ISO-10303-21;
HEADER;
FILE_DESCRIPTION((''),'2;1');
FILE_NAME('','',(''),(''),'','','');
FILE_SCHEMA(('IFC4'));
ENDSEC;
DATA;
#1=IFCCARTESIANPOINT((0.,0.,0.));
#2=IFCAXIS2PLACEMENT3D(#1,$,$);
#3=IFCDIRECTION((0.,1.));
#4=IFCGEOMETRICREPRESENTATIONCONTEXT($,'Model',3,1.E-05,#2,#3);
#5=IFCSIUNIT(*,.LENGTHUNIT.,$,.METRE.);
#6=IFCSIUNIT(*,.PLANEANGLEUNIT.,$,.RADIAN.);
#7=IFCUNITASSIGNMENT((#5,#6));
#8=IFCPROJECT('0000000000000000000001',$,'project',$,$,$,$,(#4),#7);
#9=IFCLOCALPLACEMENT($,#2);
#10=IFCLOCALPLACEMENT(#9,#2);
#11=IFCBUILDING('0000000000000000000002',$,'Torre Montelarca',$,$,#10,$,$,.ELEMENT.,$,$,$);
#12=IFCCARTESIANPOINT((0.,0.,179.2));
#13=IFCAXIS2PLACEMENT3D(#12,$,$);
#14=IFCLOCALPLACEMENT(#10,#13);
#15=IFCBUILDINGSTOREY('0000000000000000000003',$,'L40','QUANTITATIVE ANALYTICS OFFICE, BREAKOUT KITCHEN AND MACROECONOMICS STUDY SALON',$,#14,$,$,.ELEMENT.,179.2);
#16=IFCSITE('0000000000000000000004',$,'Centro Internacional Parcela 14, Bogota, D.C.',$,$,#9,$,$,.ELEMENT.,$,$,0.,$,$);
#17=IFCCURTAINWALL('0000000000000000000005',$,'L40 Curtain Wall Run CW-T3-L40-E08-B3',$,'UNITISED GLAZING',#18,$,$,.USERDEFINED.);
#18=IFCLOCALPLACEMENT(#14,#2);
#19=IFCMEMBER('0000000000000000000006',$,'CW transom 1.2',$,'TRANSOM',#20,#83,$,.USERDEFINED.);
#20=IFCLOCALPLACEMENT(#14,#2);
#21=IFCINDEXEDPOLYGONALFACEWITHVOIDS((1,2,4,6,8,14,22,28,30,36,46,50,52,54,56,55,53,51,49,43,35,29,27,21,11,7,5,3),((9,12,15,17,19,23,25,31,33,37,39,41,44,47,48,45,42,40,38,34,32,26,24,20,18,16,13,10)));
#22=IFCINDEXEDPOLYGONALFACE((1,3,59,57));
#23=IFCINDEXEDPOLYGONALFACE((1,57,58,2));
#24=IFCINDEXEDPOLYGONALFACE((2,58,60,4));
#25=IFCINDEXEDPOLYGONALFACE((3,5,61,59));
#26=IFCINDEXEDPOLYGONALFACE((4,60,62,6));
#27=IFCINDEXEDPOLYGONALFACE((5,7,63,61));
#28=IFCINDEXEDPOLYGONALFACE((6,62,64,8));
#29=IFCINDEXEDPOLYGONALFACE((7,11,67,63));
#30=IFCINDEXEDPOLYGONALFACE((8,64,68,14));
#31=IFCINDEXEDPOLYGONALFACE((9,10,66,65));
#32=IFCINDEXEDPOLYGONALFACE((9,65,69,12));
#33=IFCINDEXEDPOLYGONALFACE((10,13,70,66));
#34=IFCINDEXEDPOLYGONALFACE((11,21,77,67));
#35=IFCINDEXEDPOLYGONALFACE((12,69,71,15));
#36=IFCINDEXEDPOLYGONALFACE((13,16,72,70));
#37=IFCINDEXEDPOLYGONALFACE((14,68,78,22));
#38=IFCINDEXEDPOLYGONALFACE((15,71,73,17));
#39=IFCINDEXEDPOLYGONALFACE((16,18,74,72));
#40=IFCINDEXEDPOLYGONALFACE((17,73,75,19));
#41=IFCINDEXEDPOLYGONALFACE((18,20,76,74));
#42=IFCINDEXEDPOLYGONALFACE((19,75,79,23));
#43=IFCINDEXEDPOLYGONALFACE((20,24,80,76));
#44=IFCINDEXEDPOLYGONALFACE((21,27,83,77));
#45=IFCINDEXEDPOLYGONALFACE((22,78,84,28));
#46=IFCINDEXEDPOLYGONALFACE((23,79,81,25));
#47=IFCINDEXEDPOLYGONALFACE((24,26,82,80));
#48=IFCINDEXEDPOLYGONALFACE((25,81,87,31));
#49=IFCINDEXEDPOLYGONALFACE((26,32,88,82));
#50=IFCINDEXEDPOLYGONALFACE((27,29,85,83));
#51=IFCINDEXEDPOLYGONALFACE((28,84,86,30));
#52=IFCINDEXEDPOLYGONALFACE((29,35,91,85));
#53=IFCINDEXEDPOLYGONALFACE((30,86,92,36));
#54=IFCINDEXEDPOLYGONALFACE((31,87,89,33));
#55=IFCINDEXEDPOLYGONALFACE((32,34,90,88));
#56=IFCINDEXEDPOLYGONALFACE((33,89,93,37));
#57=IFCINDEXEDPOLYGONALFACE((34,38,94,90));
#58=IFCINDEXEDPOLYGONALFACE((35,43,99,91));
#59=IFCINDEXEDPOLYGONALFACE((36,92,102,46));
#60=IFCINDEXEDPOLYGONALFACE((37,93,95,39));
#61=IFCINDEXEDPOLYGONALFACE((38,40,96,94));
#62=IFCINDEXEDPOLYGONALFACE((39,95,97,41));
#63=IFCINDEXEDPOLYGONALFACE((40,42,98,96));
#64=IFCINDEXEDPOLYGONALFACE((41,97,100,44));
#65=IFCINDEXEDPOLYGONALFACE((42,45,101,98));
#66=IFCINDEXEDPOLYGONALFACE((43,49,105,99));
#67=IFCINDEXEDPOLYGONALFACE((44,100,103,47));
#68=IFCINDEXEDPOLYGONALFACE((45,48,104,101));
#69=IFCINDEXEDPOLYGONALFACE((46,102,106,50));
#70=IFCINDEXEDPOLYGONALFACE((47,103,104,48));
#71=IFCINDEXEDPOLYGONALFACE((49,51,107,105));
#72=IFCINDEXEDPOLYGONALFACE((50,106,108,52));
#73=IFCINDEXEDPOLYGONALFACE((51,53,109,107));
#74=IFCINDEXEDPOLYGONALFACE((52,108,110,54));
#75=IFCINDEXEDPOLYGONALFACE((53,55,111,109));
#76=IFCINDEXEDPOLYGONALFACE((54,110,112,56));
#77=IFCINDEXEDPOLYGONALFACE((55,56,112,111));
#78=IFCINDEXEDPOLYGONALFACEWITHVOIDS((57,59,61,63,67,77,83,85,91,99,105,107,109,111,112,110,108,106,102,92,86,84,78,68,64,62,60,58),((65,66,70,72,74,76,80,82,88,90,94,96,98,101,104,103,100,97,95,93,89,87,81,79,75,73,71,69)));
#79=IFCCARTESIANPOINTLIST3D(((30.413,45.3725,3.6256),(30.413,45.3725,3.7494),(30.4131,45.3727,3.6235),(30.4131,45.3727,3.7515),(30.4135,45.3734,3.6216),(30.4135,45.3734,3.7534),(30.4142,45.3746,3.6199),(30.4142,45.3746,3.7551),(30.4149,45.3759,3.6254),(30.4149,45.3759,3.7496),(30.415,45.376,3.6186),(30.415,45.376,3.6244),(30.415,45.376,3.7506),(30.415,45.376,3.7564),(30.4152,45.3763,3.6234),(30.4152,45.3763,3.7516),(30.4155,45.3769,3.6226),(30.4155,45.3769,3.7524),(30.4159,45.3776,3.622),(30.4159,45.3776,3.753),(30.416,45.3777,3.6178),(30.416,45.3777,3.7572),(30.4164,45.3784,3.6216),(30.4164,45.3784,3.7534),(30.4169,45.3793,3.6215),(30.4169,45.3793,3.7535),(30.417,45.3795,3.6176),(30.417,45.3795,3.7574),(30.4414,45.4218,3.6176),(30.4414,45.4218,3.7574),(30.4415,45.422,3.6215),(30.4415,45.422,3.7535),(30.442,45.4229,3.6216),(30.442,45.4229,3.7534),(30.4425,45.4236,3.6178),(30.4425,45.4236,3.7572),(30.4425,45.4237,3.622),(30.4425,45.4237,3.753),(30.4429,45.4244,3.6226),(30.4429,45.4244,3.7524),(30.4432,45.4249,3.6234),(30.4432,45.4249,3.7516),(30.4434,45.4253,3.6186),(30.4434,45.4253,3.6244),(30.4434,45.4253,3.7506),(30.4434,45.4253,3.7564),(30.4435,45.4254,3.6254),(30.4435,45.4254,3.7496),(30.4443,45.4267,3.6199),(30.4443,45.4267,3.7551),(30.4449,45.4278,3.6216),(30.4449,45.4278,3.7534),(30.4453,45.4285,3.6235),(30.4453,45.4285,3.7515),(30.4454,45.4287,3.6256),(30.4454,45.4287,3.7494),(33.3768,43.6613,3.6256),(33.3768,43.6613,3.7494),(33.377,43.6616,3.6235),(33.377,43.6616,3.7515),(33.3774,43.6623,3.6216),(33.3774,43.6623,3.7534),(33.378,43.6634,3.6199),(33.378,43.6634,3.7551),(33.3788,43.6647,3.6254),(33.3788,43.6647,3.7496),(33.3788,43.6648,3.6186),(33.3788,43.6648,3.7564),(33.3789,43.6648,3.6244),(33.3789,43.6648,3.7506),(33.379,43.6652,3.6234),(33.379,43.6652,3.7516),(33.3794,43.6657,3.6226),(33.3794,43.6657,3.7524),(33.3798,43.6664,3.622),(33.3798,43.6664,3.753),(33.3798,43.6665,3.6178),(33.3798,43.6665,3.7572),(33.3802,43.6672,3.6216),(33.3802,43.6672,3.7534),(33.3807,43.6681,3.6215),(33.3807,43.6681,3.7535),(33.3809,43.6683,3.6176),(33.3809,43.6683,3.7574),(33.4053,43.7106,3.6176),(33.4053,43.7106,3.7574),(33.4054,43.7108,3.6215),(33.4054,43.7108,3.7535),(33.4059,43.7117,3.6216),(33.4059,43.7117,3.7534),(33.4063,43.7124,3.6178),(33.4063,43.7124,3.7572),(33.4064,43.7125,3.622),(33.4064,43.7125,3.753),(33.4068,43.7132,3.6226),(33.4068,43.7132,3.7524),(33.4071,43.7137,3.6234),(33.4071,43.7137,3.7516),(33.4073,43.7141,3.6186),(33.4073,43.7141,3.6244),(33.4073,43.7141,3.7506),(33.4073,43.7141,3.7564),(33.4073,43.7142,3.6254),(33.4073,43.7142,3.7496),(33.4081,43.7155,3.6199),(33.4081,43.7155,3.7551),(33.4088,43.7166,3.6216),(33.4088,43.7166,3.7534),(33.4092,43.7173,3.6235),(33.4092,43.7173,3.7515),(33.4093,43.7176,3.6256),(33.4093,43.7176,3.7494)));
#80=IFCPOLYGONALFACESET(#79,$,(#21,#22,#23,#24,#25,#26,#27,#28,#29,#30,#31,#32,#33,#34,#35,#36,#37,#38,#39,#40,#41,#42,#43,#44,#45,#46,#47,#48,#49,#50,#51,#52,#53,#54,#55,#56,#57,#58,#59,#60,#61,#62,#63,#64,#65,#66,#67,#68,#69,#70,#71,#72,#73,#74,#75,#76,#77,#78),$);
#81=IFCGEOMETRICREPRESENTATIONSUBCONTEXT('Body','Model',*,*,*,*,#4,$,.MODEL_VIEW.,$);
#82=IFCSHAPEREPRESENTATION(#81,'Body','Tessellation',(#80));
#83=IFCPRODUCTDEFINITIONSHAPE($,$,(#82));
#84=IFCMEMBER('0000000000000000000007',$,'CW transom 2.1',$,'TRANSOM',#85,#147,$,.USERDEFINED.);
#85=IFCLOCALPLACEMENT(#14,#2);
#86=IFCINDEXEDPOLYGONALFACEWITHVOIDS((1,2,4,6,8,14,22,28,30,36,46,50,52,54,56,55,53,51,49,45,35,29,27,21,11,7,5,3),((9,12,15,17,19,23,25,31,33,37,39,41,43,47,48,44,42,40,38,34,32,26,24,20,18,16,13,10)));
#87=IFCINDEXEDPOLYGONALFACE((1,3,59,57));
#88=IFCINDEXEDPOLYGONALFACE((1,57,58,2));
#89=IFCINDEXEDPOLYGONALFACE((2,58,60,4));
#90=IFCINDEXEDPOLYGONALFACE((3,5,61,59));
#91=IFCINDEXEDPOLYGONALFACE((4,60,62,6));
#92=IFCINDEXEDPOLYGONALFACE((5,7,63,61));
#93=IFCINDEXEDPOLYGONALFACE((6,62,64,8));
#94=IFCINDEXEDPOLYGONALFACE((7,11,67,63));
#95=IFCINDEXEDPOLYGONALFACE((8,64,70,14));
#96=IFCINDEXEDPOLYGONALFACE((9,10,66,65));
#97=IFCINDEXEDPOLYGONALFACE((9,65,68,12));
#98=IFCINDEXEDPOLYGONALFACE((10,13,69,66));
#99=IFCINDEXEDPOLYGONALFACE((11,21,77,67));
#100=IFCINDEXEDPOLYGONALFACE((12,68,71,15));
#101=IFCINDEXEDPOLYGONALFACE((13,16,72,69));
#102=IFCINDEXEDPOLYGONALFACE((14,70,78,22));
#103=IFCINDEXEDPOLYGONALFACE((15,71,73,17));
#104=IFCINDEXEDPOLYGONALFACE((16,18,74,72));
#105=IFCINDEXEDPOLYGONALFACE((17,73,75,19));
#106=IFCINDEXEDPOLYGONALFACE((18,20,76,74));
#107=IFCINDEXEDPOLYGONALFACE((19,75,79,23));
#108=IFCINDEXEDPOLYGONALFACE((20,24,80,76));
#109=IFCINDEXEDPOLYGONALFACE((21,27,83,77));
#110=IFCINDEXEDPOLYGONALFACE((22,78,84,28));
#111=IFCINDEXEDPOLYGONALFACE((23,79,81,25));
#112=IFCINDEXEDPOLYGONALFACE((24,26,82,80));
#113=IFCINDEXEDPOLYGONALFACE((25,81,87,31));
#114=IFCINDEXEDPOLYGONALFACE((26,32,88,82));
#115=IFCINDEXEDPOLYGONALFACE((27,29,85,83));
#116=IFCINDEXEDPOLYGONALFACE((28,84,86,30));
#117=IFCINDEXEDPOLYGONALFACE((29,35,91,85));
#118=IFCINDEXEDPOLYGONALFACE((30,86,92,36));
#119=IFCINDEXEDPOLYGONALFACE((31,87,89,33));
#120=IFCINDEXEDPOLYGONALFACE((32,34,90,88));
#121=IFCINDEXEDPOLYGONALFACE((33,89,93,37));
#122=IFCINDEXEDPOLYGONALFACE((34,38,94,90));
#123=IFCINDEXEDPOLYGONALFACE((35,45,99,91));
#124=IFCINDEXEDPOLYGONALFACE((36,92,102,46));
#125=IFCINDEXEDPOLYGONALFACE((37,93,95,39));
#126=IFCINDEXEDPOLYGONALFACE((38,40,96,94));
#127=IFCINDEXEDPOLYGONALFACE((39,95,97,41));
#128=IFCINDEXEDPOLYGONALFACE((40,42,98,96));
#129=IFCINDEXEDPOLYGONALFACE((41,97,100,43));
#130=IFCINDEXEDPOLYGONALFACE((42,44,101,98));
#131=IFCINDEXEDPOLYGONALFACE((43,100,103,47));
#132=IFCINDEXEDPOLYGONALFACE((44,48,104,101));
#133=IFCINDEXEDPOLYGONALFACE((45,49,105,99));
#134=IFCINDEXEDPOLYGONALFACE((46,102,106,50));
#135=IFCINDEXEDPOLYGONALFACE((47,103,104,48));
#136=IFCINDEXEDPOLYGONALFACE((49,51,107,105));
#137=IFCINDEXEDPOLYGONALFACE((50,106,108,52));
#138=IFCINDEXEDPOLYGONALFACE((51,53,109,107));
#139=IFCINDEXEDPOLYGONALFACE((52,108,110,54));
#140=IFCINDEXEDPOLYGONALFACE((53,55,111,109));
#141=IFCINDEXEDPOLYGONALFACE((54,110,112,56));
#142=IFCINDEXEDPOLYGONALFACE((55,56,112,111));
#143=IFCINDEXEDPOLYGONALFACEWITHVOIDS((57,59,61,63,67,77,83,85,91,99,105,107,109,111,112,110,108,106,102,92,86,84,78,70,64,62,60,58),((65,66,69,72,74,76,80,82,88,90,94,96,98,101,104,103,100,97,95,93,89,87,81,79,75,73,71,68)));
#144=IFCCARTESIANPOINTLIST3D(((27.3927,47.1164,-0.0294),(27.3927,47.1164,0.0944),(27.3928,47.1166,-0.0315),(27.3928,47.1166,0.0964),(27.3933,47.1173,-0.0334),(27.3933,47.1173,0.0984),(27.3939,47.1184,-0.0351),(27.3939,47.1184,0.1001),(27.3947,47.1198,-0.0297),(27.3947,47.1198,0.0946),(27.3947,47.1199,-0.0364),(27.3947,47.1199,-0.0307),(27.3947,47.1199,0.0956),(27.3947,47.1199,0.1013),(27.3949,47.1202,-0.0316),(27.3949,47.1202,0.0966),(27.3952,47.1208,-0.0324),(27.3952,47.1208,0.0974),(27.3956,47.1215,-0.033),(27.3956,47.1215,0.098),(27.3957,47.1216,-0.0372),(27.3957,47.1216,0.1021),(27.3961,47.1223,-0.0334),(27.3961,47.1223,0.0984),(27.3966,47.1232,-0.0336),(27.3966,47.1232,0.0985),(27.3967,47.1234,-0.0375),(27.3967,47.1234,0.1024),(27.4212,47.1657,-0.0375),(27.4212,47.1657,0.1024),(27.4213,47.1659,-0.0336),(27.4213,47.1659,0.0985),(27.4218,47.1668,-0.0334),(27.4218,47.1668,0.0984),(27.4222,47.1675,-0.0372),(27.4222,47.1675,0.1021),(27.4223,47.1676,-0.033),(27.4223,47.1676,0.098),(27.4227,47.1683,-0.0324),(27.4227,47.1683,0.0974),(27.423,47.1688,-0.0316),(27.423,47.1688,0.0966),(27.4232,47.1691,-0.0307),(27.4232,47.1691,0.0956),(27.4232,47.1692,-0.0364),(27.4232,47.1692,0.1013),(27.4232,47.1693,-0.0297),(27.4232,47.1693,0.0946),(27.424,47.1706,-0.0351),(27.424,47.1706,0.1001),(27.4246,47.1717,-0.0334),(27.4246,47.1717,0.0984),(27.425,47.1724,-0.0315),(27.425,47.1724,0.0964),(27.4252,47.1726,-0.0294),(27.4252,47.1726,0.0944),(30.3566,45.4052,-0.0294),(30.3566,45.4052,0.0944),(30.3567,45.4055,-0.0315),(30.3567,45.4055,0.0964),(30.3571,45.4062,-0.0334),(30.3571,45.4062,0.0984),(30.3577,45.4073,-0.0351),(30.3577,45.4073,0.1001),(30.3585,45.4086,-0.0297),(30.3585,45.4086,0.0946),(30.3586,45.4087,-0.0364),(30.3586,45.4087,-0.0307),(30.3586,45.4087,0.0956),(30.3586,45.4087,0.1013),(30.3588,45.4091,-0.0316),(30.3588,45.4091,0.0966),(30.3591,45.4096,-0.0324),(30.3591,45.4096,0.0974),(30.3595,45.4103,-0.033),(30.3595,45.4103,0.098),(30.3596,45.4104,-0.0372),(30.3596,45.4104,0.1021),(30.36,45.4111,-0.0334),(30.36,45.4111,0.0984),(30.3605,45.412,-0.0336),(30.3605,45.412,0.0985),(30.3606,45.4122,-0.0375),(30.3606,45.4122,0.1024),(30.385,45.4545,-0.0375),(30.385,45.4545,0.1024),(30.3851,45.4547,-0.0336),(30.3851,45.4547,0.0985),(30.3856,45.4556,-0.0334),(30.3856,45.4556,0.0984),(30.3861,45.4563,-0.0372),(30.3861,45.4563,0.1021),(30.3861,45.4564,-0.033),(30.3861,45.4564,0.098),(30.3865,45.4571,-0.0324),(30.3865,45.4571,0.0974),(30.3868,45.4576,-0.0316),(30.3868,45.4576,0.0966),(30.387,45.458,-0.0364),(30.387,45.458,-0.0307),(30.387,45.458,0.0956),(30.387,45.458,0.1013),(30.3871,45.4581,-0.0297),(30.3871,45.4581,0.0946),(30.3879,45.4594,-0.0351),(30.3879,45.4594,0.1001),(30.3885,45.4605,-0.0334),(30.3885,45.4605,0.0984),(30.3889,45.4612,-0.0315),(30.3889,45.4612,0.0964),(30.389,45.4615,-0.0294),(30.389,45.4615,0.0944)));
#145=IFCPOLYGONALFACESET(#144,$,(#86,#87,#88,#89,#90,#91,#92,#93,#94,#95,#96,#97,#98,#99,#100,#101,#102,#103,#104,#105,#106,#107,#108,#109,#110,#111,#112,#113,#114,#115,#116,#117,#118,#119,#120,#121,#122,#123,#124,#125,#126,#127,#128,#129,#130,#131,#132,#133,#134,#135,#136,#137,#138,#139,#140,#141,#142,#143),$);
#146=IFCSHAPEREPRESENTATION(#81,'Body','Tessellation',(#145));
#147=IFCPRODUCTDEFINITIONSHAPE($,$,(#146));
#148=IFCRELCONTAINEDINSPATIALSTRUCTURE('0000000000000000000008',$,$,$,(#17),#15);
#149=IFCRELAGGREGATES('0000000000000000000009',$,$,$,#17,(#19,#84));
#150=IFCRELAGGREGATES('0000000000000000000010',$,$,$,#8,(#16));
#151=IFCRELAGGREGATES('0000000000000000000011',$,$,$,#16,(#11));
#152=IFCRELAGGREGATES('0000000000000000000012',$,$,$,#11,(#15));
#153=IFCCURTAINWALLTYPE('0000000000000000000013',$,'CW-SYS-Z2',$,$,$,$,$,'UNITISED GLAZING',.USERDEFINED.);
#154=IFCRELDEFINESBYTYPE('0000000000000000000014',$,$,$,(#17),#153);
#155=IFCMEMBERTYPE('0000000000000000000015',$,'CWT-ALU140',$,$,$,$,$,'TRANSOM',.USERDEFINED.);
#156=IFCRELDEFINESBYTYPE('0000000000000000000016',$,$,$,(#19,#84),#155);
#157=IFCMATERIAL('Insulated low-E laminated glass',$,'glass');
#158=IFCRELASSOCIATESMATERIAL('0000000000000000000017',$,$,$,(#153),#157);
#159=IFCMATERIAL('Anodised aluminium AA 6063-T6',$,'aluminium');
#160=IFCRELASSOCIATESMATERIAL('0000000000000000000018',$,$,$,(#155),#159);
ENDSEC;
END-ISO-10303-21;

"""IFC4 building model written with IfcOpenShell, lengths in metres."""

from ifc_helpers import new_model, si_unit, direction, frame, origin, origin_2d, place, context, subcontext, project, spatial, hollow_rectangle, extrude, source, transform, mapped, material, material_profile, profile_set, type_object, element, aggregate, save


model = new_model("IFC4")

# Units and contexts
model_context = context("Model", 3, precision=1e-05, world=origin(), true_north=direction((0.0, 1.0)))
body_context = subcontext(model_context, "Body", "Model", "MODEL_VIEW")
ifc_project = project(units=[si_unit("LENGTHUNIT", "METRE"), si_unit("PLANEANGLEUNIT", "RADIAN")], contexts=[model_context])

# Site, building, storey
site_placement = place(None, origin())
site = spatial("IfcSite", under=ifc_project, at=site_placement, Name="Centro Internacional Parcela 14, Bogota, D.C.", CompositionType="ELEMENT", RefElevation=0.0)
building_placement = place(site_placement, origin())
building = spatial("IfcBuilding", under=site, at=building_placement, Name="Torre Montelarca", CompositionType="ELEMENT")
storey_placement = place(building_placement, frame((0.0, 0.0, 179.2)))
storey = spatial("IfcBuildingStorey", under=building, at=storey_placement, Name="L40", Description="QUANTITATIVE ANALYTICS OFFICE, BREAKOUT KITCHEN AND MACROECONOMICS STUDY SALON", CompositionType="ELEMENT", Elevation=179.2)

# Curtain wall
ifc_material_1 = material(Name="Insulated low-E laminated glass", Category="glass")
curtain_wall_type = type_object("IfcCurtainWallType", Name="CW-SYS-Z2", ElementType="UNITISED GLAZING", PredefinedType="USERDEFINED", material=ifc_material_1)
curtain_wall_1_placement = place(storey_placement, origin())
curtain_wall_1 = element("IfcCurtainWall", 1, at=curtain_wall_1_placement, inside=storey, type_object=curtain_wall_type, Name="L40 Curtain Wall Run CW-T3-L40-E08-B3", ObjectType="UNITISED GLAZING", PredefinedType="USERDEFINED")
ifc_material_2 = material(Name="Anodised aluminium AA 6063-T6", Category="aluminium")

# Members
ifc_material_profile_1 = material_profile(ifc_material_2, hollow_rectangle(XDim=0.0649, YDim=0.1399, WallThickness=0.0039, InnerFilletRadius=0.0039, OuterFilletRadius=0.0081, at=origin_2d()), Name="ALU65X140X4", Category="aluminium")
ifc_profile_set_1 = profile_set([ifc_material_profile_1], Name="Anodised aluminium AA 6063-T6")
member_type_1 = type_object("IfcMemberType", Name="CWT-ALU140", ElementType="TRANSOM", PredefinedType="USERDEFINED", material=ifc_profile_set_1)
shared_shape_1 = source(origin(), body_context, "Body", "SweptSolid", [
    extrude(hollow_rectangle(XDim=0.0649, YDim=0.1399, WallThickness=0.0039, InnerFilletRadius=0.0039, OuterFilletRadius=0.0081, at=origin_2d()), origin(), (0.0, 0.0, 1.0), 3.4224),
])
member_1_placement = place(storey_placement, frame((33.3931, 43.6895, 3.6875), z_axis=(-0.866026, 0.499998, 0.0), x_axis=(-0.499998, -0.866026, 0.0)))
member_1 = element("IfcMember", 2, at=member_1_placement, type_object=member_type_1, Name="CW transom 1.2", ObjectType="TRANSOM", PredefinedType="USERDEFINED", context=body_context, shape_type="MappedRepresentation", body=[
    mapped(shared_shape_1, transform((0.0, 0.0, 0.0), scale=1.0)),
])
member_2_placement = place(storey_placement, frame((30.3728, 45.4333, 0.0325), z_axis=(-0.866026, 0.499998, 0.0), x_axis=(-0.499998, -0.866026, 0.0)))
member_2 = element("IfcMember", 3, at=member_2_placement, type_object=member_type_1, Name="CW transom 2.1", ObjectType="TRANSOM", PredefinedType="USERDEFINED", context=body_context, shape_type="MappedRepresentation", body=[
    mapped(shared_shape_1, transform((0.0, 0.0, 0.0), scale=1.0)),
])

aggregate(curtain_wall_1, [member_1, member_2])

save(model, "model.ifc")
